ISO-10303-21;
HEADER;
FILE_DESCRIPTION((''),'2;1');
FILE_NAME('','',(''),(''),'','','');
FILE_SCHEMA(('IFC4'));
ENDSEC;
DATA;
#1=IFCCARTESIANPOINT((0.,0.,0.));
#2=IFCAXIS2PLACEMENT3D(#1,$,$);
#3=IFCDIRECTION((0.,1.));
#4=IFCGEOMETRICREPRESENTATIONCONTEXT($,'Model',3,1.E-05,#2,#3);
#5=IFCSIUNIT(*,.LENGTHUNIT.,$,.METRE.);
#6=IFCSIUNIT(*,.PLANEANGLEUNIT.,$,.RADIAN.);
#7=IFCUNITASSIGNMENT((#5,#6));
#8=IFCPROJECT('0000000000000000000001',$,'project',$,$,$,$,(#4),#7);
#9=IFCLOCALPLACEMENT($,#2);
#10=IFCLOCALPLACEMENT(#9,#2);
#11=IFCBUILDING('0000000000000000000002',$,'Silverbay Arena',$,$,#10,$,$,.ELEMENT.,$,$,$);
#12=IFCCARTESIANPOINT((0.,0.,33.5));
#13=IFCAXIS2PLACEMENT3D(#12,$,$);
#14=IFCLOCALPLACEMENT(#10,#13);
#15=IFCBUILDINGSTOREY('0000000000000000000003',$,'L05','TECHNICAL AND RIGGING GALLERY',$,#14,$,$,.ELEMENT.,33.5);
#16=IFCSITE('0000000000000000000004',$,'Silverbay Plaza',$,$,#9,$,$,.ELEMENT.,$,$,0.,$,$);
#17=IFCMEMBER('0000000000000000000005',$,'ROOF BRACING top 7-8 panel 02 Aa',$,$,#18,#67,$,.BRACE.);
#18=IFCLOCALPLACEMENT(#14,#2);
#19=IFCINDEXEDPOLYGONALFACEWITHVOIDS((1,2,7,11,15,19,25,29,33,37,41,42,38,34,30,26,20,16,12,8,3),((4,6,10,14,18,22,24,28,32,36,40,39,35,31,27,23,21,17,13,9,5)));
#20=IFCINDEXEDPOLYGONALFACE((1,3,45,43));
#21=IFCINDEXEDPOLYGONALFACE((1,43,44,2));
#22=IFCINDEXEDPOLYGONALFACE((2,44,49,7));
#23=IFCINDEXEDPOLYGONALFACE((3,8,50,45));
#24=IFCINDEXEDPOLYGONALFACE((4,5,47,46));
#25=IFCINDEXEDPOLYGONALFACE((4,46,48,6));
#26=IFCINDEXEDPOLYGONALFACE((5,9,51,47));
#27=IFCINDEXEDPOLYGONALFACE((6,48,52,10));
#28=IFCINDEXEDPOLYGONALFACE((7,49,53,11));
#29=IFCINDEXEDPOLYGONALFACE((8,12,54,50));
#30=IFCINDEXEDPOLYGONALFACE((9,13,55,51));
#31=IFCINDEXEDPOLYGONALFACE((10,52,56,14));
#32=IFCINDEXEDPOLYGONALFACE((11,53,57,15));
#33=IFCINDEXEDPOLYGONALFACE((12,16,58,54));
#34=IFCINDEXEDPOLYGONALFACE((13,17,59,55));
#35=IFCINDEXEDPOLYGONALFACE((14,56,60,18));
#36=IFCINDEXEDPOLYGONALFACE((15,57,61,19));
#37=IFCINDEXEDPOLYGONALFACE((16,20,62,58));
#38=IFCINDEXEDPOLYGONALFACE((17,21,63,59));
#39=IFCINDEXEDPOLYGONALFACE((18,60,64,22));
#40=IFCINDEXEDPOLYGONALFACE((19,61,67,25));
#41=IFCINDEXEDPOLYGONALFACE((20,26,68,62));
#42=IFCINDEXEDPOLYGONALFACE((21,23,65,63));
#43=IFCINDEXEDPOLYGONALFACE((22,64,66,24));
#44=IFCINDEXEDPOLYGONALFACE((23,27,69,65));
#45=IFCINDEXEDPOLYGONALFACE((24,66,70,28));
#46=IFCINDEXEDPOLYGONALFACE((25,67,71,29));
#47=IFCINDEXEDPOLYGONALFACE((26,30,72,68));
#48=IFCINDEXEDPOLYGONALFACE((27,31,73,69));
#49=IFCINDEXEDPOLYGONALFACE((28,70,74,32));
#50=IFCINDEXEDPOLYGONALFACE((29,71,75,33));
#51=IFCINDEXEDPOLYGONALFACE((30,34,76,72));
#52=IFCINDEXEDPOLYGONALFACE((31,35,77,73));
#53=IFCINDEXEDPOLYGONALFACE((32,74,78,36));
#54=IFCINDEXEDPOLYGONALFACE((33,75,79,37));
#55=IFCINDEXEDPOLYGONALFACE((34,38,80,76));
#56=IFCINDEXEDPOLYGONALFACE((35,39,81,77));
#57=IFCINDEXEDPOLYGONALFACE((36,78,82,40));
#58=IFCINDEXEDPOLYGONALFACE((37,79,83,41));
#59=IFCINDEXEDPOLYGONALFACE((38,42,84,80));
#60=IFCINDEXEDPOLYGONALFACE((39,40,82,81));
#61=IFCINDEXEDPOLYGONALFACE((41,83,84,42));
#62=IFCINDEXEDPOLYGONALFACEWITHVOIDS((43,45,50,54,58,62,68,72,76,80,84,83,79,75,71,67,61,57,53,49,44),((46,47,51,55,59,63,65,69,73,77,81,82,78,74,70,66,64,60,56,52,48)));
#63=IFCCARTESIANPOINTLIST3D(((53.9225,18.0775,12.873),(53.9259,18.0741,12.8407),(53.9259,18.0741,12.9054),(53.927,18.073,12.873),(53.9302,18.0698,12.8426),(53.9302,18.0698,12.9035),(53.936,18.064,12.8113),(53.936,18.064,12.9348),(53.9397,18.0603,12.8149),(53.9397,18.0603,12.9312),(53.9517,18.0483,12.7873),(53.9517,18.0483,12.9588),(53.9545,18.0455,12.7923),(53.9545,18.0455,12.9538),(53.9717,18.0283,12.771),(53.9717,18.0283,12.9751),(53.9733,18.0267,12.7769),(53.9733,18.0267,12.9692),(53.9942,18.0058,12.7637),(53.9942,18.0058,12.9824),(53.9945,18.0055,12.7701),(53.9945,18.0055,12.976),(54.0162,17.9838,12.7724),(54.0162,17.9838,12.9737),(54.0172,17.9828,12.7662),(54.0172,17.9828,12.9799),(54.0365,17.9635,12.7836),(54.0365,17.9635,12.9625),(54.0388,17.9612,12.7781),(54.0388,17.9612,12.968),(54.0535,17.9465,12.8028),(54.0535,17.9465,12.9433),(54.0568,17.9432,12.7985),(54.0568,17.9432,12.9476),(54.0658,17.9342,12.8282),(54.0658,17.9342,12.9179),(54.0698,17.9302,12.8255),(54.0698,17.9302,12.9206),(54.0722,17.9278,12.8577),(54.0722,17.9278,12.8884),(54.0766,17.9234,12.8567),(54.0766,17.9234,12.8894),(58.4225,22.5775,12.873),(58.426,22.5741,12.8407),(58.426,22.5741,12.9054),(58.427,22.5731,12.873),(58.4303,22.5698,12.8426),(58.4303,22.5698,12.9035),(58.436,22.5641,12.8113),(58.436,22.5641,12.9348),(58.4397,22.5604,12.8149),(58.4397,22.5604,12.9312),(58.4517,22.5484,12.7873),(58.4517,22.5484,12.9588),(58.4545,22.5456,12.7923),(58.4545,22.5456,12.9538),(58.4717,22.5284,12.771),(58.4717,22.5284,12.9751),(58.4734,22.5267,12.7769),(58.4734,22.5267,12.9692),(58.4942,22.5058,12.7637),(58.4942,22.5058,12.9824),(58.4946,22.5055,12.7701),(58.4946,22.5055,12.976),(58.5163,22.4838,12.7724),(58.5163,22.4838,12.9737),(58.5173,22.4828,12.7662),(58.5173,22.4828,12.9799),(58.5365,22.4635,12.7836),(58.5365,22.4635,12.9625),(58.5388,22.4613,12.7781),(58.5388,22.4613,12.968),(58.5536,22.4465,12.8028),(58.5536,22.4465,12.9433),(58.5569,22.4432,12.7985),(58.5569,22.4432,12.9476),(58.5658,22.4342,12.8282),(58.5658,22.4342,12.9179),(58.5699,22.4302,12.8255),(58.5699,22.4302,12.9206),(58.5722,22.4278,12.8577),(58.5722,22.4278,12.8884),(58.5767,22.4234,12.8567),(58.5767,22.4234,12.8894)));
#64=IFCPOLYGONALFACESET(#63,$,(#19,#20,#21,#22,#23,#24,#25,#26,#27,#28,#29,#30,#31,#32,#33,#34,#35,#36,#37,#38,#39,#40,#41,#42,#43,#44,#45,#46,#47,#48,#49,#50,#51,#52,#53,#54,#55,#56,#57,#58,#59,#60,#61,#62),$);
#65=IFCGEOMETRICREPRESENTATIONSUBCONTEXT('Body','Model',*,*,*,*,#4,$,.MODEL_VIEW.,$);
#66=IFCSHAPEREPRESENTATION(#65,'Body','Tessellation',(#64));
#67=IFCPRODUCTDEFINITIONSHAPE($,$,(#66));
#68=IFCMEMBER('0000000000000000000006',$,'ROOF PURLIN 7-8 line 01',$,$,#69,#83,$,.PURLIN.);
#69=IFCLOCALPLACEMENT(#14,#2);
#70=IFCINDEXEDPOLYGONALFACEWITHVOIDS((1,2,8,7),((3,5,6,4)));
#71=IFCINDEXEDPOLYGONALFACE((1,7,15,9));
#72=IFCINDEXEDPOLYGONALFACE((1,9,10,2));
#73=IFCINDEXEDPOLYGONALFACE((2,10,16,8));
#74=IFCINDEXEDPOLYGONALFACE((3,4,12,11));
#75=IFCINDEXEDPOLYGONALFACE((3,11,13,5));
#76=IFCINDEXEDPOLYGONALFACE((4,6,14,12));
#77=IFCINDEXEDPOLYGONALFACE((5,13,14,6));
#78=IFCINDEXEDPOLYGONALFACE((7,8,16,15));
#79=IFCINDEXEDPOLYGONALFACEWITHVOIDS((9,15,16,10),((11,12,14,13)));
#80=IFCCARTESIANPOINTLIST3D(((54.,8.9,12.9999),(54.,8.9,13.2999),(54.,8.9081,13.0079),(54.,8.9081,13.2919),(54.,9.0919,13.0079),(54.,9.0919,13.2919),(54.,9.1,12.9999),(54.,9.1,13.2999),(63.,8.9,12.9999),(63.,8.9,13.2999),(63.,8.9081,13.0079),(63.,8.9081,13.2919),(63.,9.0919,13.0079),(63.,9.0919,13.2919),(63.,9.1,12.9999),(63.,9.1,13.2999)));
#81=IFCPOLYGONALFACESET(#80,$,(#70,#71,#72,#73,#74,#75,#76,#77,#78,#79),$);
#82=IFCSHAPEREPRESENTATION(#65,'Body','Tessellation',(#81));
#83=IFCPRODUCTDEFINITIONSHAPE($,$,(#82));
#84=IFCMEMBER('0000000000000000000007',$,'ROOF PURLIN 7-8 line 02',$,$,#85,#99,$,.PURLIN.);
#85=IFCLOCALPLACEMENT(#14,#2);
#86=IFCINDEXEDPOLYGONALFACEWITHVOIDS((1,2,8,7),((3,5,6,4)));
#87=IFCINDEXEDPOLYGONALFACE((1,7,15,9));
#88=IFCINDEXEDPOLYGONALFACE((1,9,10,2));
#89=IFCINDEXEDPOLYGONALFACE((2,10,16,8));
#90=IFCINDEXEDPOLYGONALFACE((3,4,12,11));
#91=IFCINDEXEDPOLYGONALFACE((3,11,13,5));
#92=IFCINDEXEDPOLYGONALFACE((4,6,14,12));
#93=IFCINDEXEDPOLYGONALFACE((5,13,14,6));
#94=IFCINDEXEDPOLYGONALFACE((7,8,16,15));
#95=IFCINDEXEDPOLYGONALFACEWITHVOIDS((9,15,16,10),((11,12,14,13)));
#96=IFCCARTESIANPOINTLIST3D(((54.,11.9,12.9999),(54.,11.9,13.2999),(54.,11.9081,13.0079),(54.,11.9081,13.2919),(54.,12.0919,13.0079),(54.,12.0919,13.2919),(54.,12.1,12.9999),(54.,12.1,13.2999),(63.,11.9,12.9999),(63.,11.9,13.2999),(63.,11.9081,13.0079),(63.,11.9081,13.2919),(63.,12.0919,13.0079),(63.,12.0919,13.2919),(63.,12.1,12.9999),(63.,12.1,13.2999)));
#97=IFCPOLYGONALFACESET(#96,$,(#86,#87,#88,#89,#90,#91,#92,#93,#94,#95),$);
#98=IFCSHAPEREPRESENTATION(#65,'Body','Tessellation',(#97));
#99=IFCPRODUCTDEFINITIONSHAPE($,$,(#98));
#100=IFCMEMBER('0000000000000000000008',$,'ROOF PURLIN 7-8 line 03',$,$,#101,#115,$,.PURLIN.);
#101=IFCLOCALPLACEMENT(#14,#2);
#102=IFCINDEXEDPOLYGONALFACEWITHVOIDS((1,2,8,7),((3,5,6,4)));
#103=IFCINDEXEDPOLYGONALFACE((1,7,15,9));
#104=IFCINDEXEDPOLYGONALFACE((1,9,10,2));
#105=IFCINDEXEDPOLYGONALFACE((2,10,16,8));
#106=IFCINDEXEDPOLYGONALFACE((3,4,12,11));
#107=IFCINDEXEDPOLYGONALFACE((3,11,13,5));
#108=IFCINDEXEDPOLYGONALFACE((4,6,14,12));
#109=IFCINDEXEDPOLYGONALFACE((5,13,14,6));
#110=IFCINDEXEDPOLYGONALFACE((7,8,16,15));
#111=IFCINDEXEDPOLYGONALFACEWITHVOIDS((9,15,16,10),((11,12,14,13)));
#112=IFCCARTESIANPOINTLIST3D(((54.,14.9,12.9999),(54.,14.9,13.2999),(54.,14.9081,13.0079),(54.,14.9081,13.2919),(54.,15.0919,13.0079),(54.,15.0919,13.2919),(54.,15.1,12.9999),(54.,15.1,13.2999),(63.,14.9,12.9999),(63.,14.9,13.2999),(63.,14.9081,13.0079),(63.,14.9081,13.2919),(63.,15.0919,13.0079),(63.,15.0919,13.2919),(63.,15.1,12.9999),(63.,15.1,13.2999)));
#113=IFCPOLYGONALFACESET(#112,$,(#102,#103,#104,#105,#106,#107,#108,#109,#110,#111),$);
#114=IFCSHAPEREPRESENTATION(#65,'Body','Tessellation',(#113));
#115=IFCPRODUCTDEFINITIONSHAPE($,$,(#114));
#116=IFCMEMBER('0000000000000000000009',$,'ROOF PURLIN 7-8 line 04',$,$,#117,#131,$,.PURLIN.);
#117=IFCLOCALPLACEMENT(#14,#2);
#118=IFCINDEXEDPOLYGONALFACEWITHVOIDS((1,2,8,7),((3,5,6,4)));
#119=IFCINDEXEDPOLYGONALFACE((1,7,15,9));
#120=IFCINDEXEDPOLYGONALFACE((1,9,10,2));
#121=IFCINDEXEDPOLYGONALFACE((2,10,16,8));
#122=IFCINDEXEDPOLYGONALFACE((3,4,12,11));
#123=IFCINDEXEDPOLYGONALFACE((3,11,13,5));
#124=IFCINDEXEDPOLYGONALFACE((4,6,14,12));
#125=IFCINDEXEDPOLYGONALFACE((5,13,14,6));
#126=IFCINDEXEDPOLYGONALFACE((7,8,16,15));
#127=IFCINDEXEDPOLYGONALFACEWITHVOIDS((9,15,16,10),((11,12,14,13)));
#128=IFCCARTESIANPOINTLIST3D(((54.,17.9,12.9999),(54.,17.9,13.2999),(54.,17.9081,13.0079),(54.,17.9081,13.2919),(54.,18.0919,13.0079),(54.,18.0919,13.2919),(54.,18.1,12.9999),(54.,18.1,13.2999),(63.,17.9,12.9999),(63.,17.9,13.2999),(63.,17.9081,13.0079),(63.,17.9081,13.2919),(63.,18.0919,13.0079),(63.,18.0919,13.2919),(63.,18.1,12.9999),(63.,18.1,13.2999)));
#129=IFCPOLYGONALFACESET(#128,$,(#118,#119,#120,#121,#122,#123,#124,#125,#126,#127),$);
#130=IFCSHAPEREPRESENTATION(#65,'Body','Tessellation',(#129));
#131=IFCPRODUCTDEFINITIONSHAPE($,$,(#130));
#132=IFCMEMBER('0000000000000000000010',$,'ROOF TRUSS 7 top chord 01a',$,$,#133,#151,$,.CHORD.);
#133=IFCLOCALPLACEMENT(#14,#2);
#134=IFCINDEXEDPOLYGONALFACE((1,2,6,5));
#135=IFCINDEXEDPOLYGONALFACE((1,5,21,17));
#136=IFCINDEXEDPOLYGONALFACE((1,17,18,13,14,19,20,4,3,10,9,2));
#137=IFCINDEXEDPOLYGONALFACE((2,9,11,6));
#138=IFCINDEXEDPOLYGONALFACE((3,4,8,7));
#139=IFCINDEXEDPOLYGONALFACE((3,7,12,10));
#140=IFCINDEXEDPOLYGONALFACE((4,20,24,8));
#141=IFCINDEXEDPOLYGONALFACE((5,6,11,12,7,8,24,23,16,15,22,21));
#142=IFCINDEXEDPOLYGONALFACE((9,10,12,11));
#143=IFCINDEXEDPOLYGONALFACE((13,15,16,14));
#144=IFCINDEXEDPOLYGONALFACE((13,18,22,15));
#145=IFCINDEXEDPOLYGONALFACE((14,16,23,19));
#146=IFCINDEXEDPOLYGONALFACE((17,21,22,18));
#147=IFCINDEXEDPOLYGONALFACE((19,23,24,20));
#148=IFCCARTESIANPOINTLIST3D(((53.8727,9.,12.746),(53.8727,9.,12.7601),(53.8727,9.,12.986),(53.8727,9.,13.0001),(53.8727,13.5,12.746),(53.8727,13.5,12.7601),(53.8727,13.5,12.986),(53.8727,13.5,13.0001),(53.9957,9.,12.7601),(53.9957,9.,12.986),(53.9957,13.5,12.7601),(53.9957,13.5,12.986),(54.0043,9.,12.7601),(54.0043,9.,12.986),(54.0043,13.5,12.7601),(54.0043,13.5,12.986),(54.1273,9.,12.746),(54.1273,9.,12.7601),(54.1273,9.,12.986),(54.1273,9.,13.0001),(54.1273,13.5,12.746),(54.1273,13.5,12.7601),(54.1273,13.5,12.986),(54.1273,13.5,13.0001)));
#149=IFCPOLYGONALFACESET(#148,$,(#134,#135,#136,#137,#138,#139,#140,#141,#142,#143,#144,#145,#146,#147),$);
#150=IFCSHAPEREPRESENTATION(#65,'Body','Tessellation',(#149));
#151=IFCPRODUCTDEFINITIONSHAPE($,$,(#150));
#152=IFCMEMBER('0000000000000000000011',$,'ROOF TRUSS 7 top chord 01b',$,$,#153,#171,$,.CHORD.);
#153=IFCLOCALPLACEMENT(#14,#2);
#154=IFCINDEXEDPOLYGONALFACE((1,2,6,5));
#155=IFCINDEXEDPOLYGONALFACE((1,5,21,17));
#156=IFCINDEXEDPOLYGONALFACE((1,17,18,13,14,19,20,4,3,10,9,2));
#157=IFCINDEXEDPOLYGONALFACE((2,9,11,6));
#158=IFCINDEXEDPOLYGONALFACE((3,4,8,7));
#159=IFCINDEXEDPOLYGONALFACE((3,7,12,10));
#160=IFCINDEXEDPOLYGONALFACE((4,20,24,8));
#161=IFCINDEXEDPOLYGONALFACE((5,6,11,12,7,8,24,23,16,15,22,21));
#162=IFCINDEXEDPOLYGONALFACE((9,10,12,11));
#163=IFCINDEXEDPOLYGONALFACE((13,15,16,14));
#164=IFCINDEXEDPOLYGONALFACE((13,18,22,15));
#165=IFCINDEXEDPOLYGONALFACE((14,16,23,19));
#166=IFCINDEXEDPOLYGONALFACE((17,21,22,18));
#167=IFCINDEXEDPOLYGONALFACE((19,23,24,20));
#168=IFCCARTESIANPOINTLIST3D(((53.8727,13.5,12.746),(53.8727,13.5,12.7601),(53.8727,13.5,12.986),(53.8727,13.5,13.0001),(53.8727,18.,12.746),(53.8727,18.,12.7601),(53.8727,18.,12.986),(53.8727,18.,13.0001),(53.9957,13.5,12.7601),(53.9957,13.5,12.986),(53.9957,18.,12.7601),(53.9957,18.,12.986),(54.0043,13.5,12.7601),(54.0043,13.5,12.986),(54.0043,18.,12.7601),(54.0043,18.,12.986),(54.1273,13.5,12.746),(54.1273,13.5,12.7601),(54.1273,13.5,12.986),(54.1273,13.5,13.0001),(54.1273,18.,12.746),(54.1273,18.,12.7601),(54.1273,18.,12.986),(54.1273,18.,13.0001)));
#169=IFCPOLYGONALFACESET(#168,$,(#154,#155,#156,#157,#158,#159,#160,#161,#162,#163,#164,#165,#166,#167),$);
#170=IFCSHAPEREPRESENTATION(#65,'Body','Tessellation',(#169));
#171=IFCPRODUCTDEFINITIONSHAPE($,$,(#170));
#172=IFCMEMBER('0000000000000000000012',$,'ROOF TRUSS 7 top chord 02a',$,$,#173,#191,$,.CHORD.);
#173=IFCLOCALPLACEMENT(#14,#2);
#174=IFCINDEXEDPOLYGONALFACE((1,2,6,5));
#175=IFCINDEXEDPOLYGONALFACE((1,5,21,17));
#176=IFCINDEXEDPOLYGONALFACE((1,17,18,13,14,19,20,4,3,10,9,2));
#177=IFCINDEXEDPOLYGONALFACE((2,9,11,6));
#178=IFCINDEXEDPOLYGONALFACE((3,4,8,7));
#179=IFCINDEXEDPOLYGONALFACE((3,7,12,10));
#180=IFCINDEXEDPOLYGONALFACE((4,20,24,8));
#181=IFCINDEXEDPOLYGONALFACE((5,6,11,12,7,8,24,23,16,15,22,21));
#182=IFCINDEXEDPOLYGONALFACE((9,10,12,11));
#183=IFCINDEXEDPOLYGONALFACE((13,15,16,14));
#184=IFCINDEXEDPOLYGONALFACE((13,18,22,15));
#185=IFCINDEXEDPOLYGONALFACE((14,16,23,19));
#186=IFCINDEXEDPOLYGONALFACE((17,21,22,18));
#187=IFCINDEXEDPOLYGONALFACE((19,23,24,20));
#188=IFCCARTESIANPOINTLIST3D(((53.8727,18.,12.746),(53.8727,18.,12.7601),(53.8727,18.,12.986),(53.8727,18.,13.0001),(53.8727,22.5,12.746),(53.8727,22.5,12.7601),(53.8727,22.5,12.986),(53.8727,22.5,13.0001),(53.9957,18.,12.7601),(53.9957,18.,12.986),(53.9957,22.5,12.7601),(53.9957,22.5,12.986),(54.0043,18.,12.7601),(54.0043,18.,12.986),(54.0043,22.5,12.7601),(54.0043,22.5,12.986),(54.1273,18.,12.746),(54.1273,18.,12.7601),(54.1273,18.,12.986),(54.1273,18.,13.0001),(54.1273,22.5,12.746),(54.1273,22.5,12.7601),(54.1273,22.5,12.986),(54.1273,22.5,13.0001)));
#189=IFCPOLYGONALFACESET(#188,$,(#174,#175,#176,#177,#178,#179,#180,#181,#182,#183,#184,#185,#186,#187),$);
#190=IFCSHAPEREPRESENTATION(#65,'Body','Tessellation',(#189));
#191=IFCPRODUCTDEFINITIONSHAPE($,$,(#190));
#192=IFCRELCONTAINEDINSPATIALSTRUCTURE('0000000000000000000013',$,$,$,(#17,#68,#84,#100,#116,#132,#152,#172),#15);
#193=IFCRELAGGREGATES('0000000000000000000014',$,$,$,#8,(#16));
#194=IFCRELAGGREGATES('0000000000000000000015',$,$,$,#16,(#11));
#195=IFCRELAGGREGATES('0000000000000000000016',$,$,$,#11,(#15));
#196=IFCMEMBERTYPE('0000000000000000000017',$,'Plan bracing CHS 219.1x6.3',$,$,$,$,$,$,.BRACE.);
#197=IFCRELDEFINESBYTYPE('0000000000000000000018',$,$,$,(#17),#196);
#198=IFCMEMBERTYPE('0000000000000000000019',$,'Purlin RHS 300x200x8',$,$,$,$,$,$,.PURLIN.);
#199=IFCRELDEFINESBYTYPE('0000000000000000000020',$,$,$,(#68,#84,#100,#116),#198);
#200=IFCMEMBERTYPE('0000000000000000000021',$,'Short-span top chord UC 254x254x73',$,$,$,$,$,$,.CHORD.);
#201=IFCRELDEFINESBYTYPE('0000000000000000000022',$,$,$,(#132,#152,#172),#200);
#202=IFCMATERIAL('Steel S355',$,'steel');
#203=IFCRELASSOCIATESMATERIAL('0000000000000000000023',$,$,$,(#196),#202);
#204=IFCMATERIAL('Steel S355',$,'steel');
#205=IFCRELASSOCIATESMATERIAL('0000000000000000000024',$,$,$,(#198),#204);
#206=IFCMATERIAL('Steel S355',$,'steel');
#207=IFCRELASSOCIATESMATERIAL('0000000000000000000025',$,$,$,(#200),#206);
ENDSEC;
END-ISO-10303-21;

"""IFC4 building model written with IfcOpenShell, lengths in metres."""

from ifc_helpers import new_model, si_unit, direction, frame, origin, origin_2d, place, context, subcontext, project, spatial, hollow_rectangle, hollow_circle, i_section, extrude, material, material_profile, profile_set, type_object, element, save


model = new_model("IFC4")

# Units and contexts
model_context = context("Model", 3, precision=1e-05, world=origin(), true_north=direction((0.0, 1.0)))
body_context = subcontext(model_context, "Body", "Model", "MODEL_VIEW")
ifc_project = project(units=[si_unit("LENGTHUNIT", "METRE"), si_unit("PLANEANGLEUNIT", "RADIAN")], contexts=[model_context])

# Site, building, storey
site_placement = place(None, origin())
site = spatial("IfcSite", under=ifc_project, at=site_placement, Name="Silverbay Plaza", CompositionType="ELEMENT", RefElevation=0.0)
building_placement = place(site_placement, origin())
building = spatial("IfcBuilding", under=site, at=building_placement, Name="Silverbay Arena", CompositionType="ELEMENT")
storey_placement = place(building_placement, frame((0.0, 0.0, 33.5)))
storey = spatial("IfcBuildingStorey", under=building, at=storey_placement, Name="L05", Description="TECHNICAL AND RIGGING GALLERY", CompositionType="ELEMENT", Elevation=33.5)

# Members
ifc_material_1 = material(Name="Steel S355", Category="steel")
ifc_material_profile_1 = material_profile(ifc_material_1, hollow_circle(Radius=0.1096, WallThickness=0.0063, at=origin_2d()), Name="CHS 219.1x6.3")
ifc_profile_set_1 = profile_set([ifc_material_profile_1], Name="Steel S355")
member_type_1 = type_object("IfcMemberType", Name="Plan bracing CHS 219.1x6.3", PredefinedType="BRACE", material=ifc_profile_set_1)
member_1_placement = place(storey_placement, frame((54.0, 18.0, 12.873), z_axis=(0.707107, 0.707107, 0.0), x_axis=(-0.707107, 0.707107, 0.0)))
element("IfcMember", 1, at=member_1_placement, inside=storey, type_object=member_type_1, Name="ROOF BRACING top 7-8 panel 02 Aa", PredefinedType="BRACE", context=body_context, shape_type="SweptSolid", body=[
    extrude(hollow_circle(Radius=0.1096, WallThickness=0.0063, at=origin_2d()), origin(), (0.0, 0.0, 1.0), 6.364),
])
ifc_material_2 = material(Name="Steel S355", Category="steel")
ifc_material_profile_2 = material_profile(ifc_material_2, hollow_rectangle(XDim=0.2, YDim=0.3, WallThickness=0.0081, at=origin_2d()), Name="RHS 300x200x8")
ifc_profile_set_2 = profile_set([ifc_material_profile_2], Name="Steel S355")
member_type_2 = type_object("IfcMemberType", Name="Purlin RHS 300x200x8", PredefinedType="PURLIN", material=ifc_profile_set_2)
for number, where, z_axis, x_axis, name in (
    (2, (54.0, 9.0, 13.1499), (1.0, 0.0, 0.0), (0.0, 1.0, 0.0), "ROOF PURLIN 7-8 line 01"),
    (3, (54.0, 12.0, 13.1499), (1.0, 0.0, 0.0), (0.0, 1.0, 0.0), "ROOF PURLIN 7-8 line 02"),
    (4, (54.0, 15.0, 13.1499), (1.0, 0.0, 0.0), (0.0, 1.0, 0.0), "ROOF PURLIN 7-8 line 03"),
    (5, (54.0, 18.0, 13.1499), (1.0, 0.0, 0.0), (0.0, 1.0, 0.0), "ROOF PURLIN 7-8 line 04"),
):
    element("IfcMember", number, at=place(storey_placement, frame(where, z_axis=z_axis, x_axis=x_axis)), inside=storey, type_object=member_type_2, Name=name, PredefinedType="PURLIN", context=body_context, shape_type="SweptSolid", body=[
        extrude(hollow_rectangle(XDim=0.2, YDim=0.3, WallThickness=0.0081, at=origin_2d()), origin(), (0.0, 0.0, 1.0), 9.0),
    ])
ifc_material_3 = material(Name="Steel S355", Category="steel")
ifc_material_profile_3 = material_profile(ifc_material_3, i_section(OverallWidth=0.2546, OverallDepth=0.2542, WebThickness=0.0085, FlangeThickness=0.0142, at=origin_2d()), Name="UC 254x254x73")
ifc_profile_set_3 = profile_set([ifc_material_profile_3], Name="Steel S355")
member_type_3 = type_object("IfcMemberType", Name="Short-span top chord UC 254x254x73", PredefinedType="CHORD", material=ifc_profile_set_3)
for number, where, z_axis, x_axis, name in (
    (6, (54.0, 9.0, 12.873), (0.0, 1.0, 0.0), (-1.0, 0.0, 0.0), "ROOF TRUSS 7 top chord 01a"),
    (7, (54.0, 13.5, 12.873), (0.0, 1.0, 0.0), (-1.0, 0.0, 0.0), "ROOF TRUSS 7 top chord 01b"),
    (8, (54.0, 18.0, 12.873), (0.0, 1.0, 0.0), (-1.0, 0.0, 0.0), "ROOF TRUSS 7 top chord 02a"),
):
    element("IfcMember", number, at=place(storey_placement, frame(where, z_axis=z_axis, x_axis=x_axis)), inside=storey, type_object=member_type_3, Name=name, PredefinedType="CHORD", context=body_context, shape_type="SweptSolid", body=[
        extrude(i_section(OverallWidth=0.2546, OverallDepth=0.2542, WebThickness=0.0085, FlangeThickness=0.0142, at=origin_2d()), origin(), (0.0, 0.0, 1.0), 4.5),
    ])

save(model, "model.ifc")
